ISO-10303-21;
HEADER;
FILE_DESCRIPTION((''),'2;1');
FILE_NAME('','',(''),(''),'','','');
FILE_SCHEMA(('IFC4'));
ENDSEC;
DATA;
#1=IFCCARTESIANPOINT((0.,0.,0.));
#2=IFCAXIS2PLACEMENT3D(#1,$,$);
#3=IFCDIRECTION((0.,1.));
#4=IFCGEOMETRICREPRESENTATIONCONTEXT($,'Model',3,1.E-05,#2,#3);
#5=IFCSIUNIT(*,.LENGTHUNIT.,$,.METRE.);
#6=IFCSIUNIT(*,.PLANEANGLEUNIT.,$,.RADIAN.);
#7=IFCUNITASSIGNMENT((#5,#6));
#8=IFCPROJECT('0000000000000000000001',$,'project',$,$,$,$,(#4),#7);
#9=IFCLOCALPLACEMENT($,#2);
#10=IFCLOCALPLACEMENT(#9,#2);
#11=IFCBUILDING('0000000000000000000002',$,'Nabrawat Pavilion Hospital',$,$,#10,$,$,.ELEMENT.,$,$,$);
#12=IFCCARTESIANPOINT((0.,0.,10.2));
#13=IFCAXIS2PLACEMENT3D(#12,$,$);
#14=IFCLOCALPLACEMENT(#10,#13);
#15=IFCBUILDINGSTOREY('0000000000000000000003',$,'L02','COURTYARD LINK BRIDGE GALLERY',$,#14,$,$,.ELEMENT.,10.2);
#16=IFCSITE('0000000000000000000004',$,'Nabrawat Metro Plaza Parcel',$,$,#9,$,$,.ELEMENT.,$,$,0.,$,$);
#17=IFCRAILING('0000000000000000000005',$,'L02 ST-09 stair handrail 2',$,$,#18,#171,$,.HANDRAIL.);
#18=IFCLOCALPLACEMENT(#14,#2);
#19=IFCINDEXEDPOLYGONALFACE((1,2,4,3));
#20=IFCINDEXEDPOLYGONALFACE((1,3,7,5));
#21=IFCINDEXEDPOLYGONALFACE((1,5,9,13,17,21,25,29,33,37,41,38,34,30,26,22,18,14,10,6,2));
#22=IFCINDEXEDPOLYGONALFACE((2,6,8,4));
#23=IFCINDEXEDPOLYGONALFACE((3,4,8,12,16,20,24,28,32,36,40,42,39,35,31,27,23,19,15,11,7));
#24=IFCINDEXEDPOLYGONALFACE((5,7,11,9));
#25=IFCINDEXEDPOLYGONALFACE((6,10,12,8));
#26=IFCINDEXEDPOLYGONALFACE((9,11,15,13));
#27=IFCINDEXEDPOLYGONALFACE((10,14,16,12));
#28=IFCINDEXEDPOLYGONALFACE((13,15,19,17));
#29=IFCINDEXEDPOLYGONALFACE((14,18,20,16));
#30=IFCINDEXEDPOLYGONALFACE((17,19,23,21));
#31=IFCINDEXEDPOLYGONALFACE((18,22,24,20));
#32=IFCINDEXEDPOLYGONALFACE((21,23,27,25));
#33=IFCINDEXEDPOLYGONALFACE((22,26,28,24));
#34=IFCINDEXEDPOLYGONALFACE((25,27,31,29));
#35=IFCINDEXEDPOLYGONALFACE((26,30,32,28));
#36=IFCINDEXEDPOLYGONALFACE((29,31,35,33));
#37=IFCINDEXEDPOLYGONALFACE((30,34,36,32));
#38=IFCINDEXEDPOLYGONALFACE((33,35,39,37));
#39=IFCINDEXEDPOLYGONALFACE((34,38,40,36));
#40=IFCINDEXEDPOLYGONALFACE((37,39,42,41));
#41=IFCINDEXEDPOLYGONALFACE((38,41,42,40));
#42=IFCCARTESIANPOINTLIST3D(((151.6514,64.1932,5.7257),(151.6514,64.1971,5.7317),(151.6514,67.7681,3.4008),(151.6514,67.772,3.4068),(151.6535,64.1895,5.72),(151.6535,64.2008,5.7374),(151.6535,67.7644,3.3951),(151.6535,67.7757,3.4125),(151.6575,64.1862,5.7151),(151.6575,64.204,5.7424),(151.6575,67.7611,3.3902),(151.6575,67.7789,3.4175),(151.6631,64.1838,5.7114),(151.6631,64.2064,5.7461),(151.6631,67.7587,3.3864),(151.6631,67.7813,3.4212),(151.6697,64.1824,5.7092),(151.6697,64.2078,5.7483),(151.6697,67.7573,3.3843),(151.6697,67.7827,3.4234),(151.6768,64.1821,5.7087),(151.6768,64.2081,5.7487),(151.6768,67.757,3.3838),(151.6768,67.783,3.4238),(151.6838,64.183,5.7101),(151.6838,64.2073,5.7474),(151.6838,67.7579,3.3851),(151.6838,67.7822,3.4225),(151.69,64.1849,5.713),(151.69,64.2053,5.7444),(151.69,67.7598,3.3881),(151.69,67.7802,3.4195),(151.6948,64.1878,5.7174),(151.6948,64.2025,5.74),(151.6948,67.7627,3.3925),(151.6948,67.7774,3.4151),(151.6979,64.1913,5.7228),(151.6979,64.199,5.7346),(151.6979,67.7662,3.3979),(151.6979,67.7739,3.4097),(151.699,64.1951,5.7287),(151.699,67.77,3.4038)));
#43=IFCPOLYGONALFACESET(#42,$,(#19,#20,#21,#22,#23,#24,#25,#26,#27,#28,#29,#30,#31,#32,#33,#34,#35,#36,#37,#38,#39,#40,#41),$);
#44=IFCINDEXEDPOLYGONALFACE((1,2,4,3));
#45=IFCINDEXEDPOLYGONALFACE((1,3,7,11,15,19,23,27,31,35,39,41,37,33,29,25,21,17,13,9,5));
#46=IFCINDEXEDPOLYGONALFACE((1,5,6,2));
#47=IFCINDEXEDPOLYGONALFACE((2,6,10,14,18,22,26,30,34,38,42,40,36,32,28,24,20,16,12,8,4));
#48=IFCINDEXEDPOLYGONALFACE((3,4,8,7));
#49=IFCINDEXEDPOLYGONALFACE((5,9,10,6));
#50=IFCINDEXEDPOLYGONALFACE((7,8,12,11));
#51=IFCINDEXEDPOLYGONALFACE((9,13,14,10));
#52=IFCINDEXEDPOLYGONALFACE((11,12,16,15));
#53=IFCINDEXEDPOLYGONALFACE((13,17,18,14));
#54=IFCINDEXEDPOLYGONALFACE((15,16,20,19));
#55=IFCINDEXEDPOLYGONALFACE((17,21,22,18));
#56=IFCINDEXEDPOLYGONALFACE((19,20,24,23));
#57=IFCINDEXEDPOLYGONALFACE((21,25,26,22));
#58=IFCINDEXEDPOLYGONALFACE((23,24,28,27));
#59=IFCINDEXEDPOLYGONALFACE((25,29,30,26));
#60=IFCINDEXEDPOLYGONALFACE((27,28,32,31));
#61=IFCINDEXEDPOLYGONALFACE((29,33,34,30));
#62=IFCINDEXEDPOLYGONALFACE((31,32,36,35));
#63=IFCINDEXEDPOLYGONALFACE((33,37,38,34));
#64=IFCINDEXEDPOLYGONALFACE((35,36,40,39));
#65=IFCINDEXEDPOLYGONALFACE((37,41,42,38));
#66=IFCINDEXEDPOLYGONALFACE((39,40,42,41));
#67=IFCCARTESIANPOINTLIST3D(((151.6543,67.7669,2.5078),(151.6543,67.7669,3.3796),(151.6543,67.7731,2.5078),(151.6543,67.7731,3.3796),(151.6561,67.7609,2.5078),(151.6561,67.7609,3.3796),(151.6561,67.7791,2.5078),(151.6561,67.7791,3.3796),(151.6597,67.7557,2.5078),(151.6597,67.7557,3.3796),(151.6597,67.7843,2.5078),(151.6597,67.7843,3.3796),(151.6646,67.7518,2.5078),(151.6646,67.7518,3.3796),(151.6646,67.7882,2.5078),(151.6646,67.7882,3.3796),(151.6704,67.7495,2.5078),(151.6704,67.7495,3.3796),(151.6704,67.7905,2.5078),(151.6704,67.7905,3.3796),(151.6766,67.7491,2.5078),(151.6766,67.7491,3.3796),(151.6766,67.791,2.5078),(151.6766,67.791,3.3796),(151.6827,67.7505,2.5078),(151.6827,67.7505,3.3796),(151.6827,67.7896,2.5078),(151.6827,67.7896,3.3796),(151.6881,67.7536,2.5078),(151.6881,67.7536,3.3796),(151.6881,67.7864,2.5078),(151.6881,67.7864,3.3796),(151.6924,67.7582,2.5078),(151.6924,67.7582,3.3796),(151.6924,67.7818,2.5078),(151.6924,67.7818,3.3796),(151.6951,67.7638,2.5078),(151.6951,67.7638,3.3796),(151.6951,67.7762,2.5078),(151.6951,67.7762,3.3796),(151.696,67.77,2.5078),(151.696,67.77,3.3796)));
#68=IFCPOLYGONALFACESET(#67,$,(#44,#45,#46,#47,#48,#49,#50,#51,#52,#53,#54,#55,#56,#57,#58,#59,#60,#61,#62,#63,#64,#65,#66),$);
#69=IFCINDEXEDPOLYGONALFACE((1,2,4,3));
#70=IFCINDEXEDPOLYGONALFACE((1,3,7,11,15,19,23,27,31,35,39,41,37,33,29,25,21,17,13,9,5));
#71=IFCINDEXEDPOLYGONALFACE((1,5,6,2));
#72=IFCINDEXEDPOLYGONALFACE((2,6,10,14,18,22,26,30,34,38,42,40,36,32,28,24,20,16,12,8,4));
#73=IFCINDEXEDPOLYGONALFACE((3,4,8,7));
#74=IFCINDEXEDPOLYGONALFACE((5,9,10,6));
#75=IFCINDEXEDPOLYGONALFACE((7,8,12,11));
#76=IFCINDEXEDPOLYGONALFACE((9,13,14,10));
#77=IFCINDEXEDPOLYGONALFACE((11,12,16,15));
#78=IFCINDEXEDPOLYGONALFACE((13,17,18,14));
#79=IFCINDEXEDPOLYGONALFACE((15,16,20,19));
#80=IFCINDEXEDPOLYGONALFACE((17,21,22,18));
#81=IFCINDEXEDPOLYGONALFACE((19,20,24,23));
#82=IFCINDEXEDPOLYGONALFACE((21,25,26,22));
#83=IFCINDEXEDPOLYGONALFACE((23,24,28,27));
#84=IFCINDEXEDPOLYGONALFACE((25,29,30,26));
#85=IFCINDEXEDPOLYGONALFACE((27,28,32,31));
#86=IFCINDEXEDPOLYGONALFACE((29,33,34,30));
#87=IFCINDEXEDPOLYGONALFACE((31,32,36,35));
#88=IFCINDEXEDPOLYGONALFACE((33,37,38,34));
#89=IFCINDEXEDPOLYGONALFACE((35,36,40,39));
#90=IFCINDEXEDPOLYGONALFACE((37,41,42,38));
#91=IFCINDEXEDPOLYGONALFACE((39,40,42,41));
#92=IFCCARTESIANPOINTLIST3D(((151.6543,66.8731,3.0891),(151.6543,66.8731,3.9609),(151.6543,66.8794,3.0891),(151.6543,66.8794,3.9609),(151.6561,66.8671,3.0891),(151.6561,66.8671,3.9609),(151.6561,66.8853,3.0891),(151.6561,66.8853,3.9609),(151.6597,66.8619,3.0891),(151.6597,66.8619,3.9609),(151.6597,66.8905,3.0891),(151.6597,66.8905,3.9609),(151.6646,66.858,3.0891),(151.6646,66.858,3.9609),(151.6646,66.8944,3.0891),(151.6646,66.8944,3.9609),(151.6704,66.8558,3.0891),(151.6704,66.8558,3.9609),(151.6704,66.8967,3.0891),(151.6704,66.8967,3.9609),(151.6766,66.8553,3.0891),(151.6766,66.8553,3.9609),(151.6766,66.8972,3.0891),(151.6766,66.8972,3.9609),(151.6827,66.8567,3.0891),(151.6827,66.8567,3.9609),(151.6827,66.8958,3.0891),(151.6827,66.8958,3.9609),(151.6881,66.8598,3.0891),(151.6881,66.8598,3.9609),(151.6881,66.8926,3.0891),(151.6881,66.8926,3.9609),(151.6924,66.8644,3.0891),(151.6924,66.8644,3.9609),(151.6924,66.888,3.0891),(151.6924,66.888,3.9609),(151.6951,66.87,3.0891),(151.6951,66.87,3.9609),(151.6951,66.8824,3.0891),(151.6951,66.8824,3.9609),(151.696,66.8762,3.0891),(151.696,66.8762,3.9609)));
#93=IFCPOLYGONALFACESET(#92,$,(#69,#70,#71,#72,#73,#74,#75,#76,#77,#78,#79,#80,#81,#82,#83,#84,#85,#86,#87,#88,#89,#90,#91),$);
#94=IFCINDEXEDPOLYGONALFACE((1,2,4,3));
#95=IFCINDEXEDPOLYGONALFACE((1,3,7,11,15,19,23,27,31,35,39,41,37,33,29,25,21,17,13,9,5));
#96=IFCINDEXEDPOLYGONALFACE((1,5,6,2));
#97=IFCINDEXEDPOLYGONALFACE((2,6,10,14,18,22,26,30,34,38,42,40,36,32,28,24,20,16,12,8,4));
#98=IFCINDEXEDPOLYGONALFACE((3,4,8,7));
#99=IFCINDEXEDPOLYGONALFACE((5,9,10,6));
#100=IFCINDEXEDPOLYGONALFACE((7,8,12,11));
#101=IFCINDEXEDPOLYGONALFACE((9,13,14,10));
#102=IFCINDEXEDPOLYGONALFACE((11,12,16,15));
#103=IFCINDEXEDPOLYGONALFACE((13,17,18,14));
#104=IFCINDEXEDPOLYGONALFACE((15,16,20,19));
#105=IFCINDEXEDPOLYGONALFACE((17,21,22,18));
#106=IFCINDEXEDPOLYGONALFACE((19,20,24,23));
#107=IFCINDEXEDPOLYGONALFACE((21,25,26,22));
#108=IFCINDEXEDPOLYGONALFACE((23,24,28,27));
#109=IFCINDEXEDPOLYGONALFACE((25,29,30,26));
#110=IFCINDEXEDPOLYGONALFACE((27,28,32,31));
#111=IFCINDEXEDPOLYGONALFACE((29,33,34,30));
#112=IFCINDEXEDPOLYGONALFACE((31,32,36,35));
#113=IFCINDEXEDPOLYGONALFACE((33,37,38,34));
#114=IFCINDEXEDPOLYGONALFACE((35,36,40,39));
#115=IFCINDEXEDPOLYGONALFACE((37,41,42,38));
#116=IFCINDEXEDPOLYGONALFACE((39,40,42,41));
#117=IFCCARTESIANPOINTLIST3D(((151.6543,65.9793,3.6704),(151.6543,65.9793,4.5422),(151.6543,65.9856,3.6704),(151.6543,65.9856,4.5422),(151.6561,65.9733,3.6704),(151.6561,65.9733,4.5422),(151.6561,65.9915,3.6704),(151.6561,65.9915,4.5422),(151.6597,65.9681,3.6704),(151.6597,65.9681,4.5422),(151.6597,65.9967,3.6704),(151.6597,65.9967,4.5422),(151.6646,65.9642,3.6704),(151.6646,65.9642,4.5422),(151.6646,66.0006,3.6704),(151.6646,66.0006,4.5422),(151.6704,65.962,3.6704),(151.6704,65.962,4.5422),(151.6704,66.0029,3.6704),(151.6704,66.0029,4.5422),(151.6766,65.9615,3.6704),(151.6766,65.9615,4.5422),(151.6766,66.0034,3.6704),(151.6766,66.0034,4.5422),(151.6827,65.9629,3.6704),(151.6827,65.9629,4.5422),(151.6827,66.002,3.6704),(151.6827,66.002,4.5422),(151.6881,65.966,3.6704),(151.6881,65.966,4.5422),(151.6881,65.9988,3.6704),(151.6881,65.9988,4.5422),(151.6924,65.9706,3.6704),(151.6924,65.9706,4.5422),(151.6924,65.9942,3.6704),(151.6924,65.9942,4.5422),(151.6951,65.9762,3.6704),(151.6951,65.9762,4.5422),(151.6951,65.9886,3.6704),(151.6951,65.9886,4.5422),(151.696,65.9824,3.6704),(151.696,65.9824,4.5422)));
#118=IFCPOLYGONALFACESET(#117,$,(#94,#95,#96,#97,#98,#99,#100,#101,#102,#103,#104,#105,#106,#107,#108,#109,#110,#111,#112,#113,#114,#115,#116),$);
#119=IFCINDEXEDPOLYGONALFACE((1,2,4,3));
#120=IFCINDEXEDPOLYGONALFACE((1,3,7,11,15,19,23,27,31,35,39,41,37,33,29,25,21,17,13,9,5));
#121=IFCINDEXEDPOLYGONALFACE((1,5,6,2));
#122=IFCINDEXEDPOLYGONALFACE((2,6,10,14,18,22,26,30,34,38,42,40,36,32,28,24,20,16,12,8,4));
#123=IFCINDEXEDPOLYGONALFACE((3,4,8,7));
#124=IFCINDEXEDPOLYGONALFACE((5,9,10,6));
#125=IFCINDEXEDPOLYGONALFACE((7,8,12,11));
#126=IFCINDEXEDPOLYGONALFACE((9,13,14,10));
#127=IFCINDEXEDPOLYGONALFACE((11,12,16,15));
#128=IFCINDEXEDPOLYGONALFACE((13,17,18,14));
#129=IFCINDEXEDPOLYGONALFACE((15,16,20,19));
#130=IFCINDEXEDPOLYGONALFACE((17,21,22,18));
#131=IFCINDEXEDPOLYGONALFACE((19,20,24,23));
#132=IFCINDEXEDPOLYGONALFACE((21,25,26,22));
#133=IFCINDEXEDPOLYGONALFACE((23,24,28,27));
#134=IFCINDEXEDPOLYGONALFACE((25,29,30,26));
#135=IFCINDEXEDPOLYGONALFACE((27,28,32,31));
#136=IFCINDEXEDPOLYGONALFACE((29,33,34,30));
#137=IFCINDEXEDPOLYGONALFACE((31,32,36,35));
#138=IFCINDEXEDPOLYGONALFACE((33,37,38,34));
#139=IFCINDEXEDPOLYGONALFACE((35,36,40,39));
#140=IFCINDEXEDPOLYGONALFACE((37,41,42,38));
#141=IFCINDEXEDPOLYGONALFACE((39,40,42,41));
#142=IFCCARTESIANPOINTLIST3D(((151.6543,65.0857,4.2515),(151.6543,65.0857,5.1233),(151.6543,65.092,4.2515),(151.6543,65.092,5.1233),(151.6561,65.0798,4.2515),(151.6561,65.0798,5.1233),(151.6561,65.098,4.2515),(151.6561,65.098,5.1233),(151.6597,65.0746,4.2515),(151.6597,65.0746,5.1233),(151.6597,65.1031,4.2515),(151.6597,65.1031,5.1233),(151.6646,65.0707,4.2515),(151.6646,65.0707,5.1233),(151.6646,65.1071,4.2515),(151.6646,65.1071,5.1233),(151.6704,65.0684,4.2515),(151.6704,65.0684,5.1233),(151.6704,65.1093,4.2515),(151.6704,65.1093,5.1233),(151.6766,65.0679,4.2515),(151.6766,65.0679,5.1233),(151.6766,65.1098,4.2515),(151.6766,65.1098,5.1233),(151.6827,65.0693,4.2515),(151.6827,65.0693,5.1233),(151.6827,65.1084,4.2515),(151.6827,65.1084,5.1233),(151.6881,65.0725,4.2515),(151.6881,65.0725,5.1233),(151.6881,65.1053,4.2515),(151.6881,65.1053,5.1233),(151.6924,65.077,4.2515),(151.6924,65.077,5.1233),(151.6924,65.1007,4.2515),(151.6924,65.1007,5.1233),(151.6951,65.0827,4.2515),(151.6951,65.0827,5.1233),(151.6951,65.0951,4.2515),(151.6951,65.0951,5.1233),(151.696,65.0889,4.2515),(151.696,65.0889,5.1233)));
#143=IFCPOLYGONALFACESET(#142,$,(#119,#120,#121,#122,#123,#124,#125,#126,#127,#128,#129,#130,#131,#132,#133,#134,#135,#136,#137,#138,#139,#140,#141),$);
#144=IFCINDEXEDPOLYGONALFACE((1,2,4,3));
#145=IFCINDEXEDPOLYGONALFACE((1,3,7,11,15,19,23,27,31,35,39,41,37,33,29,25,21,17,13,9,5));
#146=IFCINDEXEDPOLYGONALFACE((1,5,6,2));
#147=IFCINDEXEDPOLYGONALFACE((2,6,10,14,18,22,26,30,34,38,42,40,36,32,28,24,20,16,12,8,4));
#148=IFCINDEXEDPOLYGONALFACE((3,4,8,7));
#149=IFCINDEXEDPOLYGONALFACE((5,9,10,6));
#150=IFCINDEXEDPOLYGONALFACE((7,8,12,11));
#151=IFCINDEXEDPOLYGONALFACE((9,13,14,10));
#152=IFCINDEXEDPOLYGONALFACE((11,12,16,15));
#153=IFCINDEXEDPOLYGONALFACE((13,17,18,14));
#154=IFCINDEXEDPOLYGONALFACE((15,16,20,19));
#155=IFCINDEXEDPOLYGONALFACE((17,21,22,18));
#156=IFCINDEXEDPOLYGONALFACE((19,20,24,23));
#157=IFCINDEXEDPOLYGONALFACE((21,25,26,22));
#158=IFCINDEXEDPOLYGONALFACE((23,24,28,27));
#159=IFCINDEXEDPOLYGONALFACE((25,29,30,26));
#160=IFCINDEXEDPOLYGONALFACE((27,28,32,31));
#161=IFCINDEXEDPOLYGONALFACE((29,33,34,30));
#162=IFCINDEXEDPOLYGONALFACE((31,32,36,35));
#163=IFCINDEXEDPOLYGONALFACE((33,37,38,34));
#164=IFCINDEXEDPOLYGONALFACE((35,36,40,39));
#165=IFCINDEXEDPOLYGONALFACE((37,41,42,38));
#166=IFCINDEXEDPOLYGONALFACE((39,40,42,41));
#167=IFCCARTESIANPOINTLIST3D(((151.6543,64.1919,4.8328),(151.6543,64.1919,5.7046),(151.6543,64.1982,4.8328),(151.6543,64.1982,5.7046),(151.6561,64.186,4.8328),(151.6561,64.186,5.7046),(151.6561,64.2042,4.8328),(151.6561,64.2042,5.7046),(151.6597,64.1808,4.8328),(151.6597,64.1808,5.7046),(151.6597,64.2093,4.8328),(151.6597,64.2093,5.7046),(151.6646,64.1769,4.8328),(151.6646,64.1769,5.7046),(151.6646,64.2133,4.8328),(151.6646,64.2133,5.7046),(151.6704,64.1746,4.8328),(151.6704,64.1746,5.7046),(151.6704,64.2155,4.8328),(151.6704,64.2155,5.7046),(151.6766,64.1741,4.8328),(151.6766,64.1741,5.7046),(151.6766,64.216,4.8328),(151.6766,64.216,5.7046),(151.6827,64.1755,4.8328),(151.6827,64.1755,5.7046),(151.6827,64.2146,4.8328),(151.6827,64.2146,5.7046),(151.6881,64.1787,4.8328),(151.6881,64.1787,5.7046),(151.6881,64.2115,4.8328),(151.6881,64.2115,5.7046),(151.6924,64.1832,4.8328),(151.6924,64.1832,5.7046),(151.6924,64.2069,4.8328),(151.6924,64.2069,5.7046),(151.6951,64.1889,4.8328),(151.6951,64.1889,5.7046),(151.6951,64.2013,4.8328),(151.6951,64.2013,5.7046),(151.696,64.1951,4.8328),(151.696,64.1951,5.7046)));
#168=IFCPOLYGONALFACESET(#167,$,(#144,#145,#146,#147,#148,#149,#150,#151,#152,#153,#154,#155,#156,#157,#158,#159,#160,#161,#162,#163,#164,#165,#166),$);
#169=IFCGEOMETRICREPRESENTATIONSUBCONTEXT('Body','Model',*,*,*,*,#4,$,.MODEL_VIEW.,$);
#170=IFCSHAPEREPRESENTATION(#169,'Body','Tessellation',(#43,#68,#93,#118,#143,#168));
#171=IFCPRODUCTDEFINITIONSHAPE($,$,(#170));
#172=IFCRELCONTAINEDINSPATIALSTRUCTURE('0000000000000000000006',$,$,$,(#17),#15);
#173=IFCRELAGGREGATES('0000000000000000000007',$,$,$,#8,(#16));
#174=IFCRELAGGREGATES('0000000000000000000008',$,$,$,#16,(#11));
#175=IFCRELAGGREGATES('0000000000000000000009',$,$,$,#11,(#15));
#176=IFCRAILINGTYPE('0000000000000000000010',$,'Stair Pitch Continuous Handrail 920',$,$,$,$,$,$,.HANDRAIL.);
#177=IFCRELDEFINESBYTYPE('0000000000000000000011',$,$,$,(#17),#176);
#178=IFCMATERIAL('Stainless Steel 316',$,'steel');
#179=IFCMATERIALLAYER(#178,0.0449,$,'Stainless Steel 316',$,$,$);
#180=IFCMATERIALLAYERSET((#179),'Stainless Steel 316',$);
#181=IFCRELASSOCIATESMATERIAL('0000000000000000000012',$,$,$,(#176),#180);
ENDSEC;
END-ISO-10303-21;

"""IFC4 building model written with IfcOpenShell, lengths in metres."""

from ifc_helpers import new_model, si_unit, direction, frame, origin, origin_2d, place, context, subcontext, project, spatial, circle, extrude, material, layer, layer_set, type_object, element, save


model = new_model("IFC4")

# Units and contexts
model_context = context("Model", 3, precision=1e-05, world=origin(), true_north=direction((0.0, 1.0)))
body_context = subcontext(model_context, "Body", "Model", "MODEL_VIEW")
ifc_project = project(units=[si_unit("LENGTHUNIT", "METRE"), si_unit("PLANEANGLEUNIT", "RADIAN")], contexts=[model_context])

# Site, building, storey
site_placement = place(None, origin())
site = spatial("IfcSite", under=ifc_project, at=site_placement, Name="Nabrawat Metro Plaza Parcel", CompositionType="ELEMENT", RefElevation=0.0)
building_placement = place(site_placement, origin())
building = spatial("IfcBuilding", under=site, at=building_placement, Name="Nabrawat Pavilion Hospital", CompositionType="ELEMENT")
storey_placement = place(building_placement, frame((0.0, 0.0, 10.2)))
storey = spatial("IfcBuildingStorey", under=building, at=storey_placement, Name="L02", Description="COURTYARD LINK BRIDGE GALLERY", CompositionType="ELEMENT", Elevation=10.2)

# Railing
ifc_material_1 = material(Name="Stainless Steel 316", Category="steel")
ifc_layer_1 = layer(ifc_material_1, 0.0449, Name="Stainless Steel 316")
ifc_layer_set_1 = layer_set([ifc_layer_1], Name="Stainless Steel 316")
railing_type_1 = type_object("IfcRailingType", Name="Stair Pitch Continuous Handrail 920", PredefinedType="HANDRAIL", material=ifc_layer_set_1)
railing_1_placement = place(storey_placement, frame((151.675, 67.77, 2.5078)))
element("IfcRailing", 1, at=railing_1_placement, inside=storey, type_object=railing_type_1, Name="L02 ST-09 stair handrail 2", PredefinedType="HANDRAIL", context=body_context, shape_type="SweptSolid", body=[
    extrude(circle(Radius=0.0239, at=origin_2d()), frame((0.0, 0.0, 0.896), z_axis=(0.0, -0.838311, 0.545192), x_axis=(1.0, 0.0, 0.0)), (0.0, 0.0, 1.0), 4.2644),
    extrude(circle(Radius=0.021, at=origin_2d()), origin(), (0.0, 0.0, 1.0), 0.8718),
    extrude(circle(Radius=0.021, at=origin_2d()), frame((0.0, -0.8938, 0.5813)), (0.0, 0.0, 1.0), 0.8718),
    extrude(circle(Radius=0.021, at=origin_2d()), frame((0.0, -1.7876, 1.1626)), (0.0, 0.0, 1.0), 0.8718),
    extrude(circle(Radius=0.021, at=origin_2d()), frame((0.0, -2.6812, 1.7437)), (0.0, 0.0, 1.0), 0.8718),
    extrude(circle(Radius=0.021, at=origin_2d()), frame((0.0, -3.575, 2.325)), (0.0, 0.0, 1.0), 0.8718),
])

save(model, "model.ifc")
